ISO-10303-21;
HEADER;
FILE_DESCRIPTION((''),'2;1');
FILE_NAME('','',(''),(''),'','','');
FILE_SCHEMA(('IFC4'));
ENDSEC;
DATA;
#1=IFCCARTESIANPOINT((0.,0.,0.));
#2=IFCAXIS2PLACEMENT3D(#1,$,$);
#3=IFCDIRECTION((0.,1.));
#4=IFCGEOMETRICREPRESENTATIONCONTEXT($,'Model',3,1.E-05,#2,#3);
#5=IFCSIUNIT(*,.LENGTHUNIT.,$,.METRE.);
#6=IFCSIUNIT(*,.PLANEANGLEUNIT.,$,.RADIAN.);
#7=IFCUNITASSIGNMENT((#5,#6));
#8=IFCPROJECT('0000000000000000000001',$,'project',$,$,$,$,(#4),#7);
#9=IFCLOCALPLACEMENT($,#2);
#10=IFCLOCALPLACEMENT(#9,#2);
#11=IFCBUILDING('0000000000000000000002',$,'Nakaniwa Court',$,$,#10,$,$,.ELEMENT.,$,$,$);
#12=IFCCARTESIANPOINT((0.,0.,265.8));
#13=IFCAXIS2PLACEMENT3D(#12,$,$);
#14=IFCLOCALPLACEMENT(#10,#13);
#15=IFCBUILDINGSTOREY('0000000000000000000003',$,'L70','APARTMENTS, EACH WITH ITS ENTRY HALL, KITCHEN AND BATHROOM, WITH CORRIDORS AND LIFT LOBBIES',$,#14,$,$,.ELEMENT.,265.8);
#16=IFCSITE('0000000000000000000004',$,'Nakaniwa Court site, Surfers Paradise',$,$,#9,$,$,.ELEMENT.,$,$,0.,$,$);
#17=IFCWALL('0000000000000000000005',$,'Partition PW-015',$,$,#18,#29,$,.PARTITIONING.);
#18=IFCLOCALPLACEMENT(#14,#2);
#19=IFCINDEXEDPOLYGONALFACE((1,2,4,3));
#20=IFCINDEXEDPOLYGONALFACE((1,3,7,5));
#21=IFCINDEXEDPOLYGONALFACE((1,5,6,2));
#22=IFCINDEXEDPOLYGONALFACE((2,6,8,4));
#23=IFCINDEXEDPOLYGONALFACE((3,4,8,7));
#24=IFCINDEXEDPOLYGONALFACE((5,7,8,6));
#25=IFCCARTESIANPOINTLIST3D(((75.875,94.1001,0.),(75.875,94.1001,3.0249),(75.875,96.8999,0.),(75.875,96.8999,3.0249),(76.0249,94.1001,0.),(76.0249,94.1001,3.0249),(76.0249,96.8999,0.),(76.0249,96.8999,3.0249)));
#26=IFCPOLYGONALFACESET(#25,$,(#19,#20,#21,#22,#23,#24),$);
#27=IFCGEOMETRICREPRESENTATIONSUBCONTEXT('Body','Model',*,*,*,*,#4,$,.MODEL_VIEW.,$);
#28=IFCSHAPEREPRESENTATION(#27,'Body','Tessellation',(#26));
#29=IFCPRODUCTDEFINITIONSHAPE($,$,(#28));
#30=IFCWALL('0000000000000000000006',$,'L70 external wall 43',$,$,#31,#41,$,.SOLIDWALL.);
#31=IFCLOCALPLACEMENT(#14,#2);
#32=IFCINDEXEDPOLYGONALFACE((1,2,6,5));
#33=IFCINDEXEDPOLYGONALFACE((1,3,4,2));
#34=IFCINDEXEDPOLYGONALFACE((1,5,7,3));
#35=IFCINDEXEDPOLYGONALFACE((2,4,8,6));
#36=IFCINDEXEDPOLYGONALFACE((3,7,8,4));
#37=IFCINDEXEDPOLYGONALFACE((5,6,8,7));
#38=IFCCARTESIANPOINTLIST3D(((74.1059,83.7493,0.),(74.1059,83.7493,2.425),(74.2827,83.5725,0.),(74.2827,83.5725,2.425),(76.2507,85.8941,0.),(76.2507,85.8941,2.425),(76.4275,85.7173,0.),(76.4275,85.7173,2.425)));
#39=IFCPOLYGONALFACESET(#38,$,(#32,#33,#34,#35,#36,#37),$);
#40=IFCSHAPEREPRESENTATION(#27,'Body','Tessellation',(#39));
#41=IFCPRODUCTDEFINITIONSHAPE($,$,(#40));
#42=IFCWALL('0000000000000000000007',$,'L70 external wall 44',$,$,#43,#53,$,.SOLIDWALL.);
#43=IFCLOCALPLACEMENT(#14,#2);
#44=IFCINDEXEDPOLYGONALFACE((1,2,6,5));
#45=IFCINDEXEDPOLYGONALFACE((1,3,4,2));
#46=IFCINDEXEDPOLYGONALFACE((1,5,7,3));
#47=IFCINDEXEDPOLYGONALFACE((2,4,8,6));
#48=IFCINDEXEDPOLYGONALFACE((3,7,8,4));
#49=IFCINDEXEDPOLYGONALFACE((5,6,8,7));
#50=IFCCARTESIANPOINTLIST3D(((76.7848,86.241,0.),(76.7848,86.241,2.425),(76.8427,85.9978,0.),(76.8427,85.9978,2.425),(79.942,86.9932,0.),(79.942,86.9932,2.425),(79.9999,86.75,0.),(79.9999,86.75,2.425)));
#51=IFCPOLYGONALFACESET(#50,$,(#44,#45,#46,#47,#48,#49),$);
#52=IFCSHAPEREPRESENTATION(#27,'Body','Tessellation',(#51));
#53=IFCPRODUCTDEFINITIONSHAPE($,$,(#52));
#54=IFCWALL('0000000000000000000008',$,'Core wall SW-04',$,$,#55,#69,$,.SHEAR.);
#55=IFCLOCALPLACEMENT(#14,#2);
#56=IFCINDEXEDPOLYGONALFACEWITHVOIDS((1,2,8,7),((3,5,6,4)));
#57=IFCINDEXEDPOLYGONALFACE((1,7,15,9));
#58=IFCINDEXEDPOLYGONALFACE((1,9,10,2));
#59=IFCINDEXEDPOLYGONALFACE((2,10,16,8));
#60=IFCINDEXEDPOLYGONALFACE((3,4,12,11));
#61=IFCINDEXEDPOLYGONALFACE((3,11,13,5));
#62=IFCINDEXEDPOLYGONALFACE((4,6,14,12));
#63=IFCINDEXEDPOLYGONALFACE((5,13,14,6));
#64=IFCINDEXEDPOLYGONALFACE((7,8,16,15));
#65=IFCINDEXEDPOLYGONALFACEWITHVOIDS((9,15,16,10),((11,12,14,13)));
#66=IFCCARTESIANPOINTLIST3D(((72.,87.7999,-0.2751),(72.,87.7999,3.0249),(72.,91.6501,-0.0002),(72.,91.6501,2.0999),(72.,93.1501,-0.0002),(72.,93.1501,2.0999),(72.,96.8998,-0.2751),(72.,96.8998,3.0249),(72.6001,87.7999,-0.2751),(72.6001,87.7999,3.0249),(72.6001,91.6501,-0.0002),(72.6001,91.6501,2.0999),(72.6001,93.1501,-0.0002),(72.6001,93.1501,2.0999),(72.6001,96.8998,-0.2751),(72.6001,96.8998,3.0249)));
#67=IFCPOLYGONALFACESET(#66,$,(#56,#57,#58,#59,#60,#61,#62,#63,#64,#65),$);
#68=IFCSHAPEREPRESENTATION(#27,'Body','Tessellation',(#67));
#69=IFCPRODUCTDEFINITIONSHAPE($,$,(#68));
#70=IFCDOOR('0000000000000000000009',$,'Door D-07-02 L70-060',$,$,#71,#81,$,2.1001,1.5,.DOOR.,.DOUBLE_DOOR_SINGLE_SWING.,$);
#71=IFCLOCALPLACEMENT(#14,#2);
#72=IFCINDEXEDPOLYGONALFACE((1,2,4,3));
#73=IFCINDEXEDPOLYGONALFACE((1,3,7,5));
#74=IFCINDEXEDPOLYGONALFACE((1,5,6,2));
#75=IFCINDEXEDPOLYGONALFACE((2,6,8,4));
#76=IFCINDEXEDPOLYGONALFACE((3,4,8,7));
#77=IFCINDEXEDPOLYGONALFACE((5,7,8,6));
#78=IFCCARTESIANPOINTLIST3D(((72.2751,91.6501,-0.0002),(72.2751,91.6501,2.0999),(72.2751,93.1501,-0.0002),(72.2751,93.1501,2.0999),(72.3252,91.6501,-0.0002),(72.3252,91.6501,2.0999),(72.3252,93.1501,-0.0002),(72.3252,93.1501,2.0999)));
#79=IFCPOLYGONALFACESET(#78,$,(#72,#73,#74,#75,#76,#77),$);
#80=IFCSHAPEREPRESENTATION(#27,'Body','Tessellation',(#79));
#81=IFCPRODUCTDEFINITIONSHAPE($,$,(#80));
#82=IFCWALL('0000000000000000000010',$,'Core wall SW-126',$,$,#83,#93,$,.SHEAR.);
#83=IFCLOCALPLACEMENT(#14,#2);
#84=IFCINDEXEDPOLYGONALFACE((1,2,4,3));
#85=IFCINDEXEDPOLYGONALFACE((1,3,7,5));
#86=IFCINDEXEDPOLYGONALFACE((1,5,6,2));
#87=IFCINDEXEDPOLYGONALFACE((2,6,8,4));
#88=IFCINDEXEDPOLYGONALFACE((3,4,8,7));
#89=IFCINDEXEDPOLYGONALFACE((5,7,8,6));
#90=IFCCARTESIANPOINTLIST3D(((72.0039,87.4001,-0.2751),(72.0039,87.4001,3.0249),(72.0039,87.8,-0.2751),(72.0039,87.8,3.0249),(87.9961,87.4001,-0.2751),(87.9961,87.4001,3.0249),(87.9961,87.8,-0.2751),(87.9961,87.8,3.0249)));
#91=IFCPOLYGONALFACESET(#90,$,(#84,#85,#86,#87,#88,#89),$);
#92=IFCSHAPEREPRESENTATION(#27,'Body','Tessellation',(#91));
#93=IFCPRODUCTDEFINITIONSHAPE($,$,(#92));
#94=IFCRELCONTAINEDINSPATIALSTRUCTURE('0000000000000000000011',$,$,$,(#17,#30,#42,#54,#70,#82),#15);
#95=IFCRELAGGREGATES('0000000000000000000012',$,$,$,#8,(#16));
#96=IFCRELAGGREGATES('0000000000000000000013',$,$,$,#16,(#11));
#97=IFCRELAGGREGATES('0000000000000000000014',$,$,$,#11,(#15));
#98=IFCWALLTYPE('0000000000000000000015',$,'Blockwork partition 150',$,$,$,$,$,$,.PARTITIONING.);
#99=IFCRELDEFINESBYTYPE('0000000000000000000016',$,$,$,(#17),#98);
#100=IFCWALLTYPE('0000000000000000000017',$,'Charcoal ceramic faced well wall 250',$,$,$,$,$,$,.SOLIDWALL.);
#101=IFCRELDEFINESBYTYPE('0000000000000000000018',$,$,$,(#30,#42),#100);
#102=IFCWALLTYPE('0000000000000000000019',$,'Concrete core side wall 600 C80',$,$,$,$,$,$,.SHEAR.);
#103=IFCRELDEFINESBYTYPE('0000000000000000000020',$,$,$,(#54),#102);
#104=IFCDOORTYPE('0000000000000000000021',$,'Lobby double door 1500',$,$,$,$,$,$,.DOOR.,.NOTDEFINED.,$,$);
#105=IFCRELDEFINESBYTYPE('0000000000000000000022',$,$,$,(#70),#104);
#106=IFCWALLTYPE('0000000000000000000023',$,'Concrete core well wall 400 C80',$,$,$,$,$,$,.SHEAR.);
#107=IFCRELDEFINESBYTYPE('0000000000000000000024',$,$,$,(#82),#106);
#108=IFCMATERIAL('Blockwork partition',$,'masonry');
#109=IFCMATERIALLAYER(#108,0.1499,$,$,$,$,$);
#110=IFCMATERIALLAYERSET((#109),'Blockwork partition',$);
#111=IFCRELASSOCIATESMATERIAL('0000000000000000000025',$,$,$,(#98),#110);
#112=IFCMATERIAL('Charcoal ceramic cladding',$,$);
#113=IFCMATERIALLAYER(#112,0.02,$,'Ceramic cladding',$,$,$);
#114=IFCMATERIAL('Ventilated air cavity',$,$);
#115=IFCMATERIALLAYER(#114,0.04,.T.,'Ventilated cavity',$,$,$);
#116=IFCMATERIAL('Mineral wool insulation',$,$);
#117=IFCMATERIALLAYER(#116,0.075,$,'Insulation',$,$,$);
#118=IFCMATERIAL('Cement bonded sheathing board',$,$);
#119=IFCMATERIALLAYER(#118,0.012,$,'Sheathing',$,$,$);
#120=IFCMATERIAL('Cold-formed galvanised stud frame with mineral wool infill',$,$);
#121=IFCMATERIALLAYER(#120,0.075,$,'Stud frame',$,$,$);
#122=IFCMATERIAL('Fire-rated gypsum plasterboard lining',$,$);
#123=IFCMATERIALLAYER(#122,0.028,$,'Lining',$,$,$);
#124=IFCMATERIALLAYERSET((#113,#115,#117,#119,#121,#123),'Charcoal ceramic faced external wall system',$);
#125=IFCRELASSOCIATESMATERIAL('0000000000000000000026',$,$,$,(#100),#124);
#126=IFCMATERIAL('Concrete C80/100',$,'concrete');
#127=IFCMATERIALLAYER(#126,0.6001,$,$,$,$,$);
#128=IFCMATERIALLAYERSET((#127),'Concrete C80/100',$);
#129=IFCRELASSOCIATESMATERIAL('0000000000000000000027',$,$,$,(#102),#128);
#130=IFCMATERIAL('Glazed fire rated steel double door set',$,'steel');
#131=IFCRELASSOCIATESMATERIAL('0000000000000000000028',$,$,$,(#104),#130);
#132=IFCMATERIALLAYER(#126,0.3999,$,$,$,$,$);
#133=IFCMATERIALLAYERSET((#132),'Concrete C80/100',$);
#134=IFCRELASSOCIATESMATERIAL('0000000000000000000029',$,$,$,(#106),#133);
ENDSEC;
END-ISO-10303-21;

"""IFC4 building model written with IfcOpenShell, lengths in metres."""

from ifc_helpers import new_model, si_unit, direction, frame, frame_2d, origin, place, context, subcontext, project, spatial, rectangle, extrude, material, layer, layer_set, type_object, element, fill, save


model = new_model("IFC4")

# Units and contexts
model_context = context("Model", 3, precision=1e-05, world=origin(), true_north=direction((0.0, 1.0)))
body_context = subcontext(model_context, "Body", "Model", "MODEL_VIEW")
ifc_project = project(units=[si_unit("LENGTHUNIT", "METRE"), si_unit("PLANEANGLEUNIT", "RADIAN")], contexts=[model_context])

# Site, building, storey
site_placement = place(None, origin())
site = spatial("IfcSite", under=ifc_project, at=site_placement, Name="Nakaniwa Court site, Surfers Paradise", CompositionType="ELEMENT", RefElevation=0.0)
building_placement = place(site_placement, origin())
building = spatial("IfcBuilding", under=site, at=building_placement, Name="Nakaniwa Court", CompositionType="ELEMENT")
storey_placement = place(building_placement, frame((0.0, 0.0, 265.8)))
storey = spatial("IfcBuildingStorey", under=building, at=storey_placement, Name="L70", Description="APARTMENTS, EACH WITH ITS ENTRY HALL, KITCHEN AND BATHROOM, WITH CORRIDORS AND LIFT LOBBIES", CompositionType="ELEMENT", Elevation=265.8)

# Shared definitions
ifc_material_1 = material(Name="Concrete C80/100", Category="concrete")

# Shared definitions
ifc_material_2 = material(Name="Blockwork partition", Category="masonry")
ifc_layer_1 = layer(ifc_material_2, 0.1499)
ifc_layer_set_1 = layer_set([ifc_layer_1], Name="Blockwork partition")
wall_type_1 = type_object("IfcWallType", Name="Blockwork partition 150", PredefinedType="PARTITIONING", material=ifc_layer_set_1)

# Walls
wall_1_placement = place(storey_placement, frame((75.95, 94.1001, 0.0), z_axis=(0.0, 0.0, 1.0), x_axis=(0.0, 1.0, 0.0)))
element("IfcWall", 1, at=wall_1_placement, inside=storey, type_object=wall_type_1, Name="Partition PW-015", PredefinedType="PARTITIONING", context=body_context, shape_type="SweptSolid", body=[
    extrude(rectangle(XDim=2.7998, YDim=0.1499, at=frame_2d((1.3999, 0.0))), origin(), (0.0, 0.0, 1.0), 3.0249),
])
ifc_material_3 = material(Name="Charcoal ceramic cladding")
ifc_layer_2 = layer(ifc_material_3, 0.02, Name="Ceramic cladding")
ifc_material_4 = material(Name="Ventilated air cavity")
ifc_layer_3 = layer(ifc_material_4, 0.04, ventilated=True, Name="Ventilated cavity")
ifc_material_5 = material(Name="Mineral wool insulation")
ifc_layer_4 = layer(ifc_material_5, 0.075, Name="Insulation")
ifc_material_6 = material(Name="Cement bonded sheathing board")
ifc_layer_5 = layer(ifc_material_6, 0.012, Name="Sheathing")
ifc_material_7 = material(Name="Cold-formed galvanised stud frame with mineral wool infill")
ifc_layer_6 = layer(ifc_material_7, 0.075, Name="Stud frame")
ifc_material_8 = material(Name="Fire-rated gypsum plasterboard lining")
ifc_layer_7 = layer(ifc_material_8, 0.028, Name="Lining")
ifc_layer_set_2 = layer_set([ifc_layer_2, ifc_layer_3, ifc_layer_4, ifc_layer_5, ifc_layer_6, ifc_layer_7], Name="Charcoal ceramic faced external wall system")
wall_type_2 = type_object("IfcWallType", Name="Charcoal ceramic faced well wall 250", PredefinedType="SOLIDWALL", material=ifc_layer_set_2)
wall_2_placement = place(storey_placement, frame((74.1943, 83.6609, 0.0), z_axis=(0.0, 0.0, 1.0), x_axis=(0.707107, 0.707107, 0.0)))
element("IfcWall", 2, at=wall_2_placement, inside=storey, type_object=wall_type_2, Name="L70 external wall 43", PredefinedType="SOLIDWALL", context=body_context, shape_type="SweptSolid", body=[
    extrude(rectangle(XDim=3.0332, YDim=0.25, at=frame_2d((1.5166, 0.0))), origin(), (0.0, 0.0, 1.0), 2.425),
])
wall_3_placement = place(storey_placement, frame((76.8137, 86.1194, 0.0), z_axis=(0.0, 0.0, 1.0), x_axis=(0.972773, 0.23176, 0.0)))
element("IfcWall", 3, at=wall_3_placement, inside=storey, type_object=wall_type_2, Name="L70 external wall 44", PredefinedType="SOLIDWALL", context=body_context, shape_type="SweptSolid", body=[
    extrude(rectangle(XDim=3.2456, YDim=0.25, at=frame_2d((1.6228, 0.0))), origin(), (0.0, 0.0, 1.0), 2.425),
])

# Wall, opening, door
ifc_layer_8 = layer(ifc_material_1, 0.6001)
ifc_layer_set_3 = layer_set([ifc_layer_8], Name="Concrete C80/100")
wall_type_3 = type_object("IfcWallType", Name="Concrete core side wall 600 C80", PredefinedType="SHEAR", material=ifc_layer_set_3)
wall_4_placement = place(storey_placement, frame((72.3, 87.8, -0.2751), z_axis=(0.0, 0.0, 1.0), x_axis=(0.0, 1.0, 0.0)))
wall_4 = element("IfcWall", 4, at=wall_4_placement, inside=storey, type_object=wall_type_3, Name="Core wall SW-04", PredefinedType="SHEAR", context=body_context, shape_type="SweptSolid", body=[
    extrude(rectangle(XDim=9.0999, YDim=0.6001, at=frame_2d((4.5498, 0.0))), origin(), (0.0, 0.0, 1.0), 3.3),
])
opening_1_placement = place(wall_4_placement, frame((3.8501, 0.0, 0.2749)))
opening_1 = element("IfcOpeningElement", 5, at=opening_1_placement, cuts=wall_4, PredefinedType="OPENING", context=body_context, shape_type="SweptSolid", body=[
    extrude(rectangle(XDim=1.5, YDim=2.1001, at=frame_2d((0.75, 1.05))), frame((0.0, 0.3101, 0.0), z_axis=(0.0, -1.0, 0.0), x_axis=(1.0, 0.0, 0.0)), (0.0, 0.0, 1.0), 0.6201),
])
ifc_material_9 = material(Name="Glazed fire rated steel double door set", Category="steel")
door_type_1 = type_object("IfcDoorType", Name="Lobby double door 1500", OperationType="NOTDEFINED", PredefinedType="DOOR", material=ifc_material_9)
door_1_placement = place(opening_1_placement, origin())
door_1 = element("IfcDoor", 6, at=door_1_placement, inside=storey, type_object=door_type_1, Name="Door D-07-02 L70-060", OperationType="DOUBLE_DOOR_SINGLE_SWING", OverallHeight=2.1001, OverallWidth=1.5, PredefinedType="DOOR", context=body_context, shape_type="SweptSolid", body=[
    extrude(rectangle(XDim=1.5, YDim=2.1001, at=frame_2d((0.75, 1.05))), frame((0.0, 0.0249, 0.0), z_axis=(0.0, -1.0, 0.0), x_axis=(1.0, 0.0, 0.0)), (0.0, 0.0, 1.0), 0.05),
])
fill(opening_1, door_1)

# Wall
ifc_layer_9 = layer(ifc_material_1, 0.3999)
ifc_layer_set_4 = layer_set([ifc_layer_9], Name="Concrete C80/100")
wall_type_4 = type_object("IfcWallType", Name="Concrete core well wall 400 C80", PredefinedType="SHEAR", material=ifc_layer_set_4)
wall_5_placement = place(storey_placement, frame((72.0039, 87.6001, -0.2751), z_axis=(0.0, 0.0, 1.0), x_axis=(1.0, 0.0, 0.0)))
element("IfcWall", 7, at=wall_5_placement, inside=storey, type_object=wall_type_4, Name="Core wall SW-126", PredefinedType="SHEAR", context=body_context, shape_type="SweptSolid", body=[
    extrude(rectangle(XDim=15.9922, YDim=0.3999, at=frame_2d((7.9961, 0.0))), origin(), (0.0, 0.0, 1.0), 3.3),
])

save(model, "model.ifc")
